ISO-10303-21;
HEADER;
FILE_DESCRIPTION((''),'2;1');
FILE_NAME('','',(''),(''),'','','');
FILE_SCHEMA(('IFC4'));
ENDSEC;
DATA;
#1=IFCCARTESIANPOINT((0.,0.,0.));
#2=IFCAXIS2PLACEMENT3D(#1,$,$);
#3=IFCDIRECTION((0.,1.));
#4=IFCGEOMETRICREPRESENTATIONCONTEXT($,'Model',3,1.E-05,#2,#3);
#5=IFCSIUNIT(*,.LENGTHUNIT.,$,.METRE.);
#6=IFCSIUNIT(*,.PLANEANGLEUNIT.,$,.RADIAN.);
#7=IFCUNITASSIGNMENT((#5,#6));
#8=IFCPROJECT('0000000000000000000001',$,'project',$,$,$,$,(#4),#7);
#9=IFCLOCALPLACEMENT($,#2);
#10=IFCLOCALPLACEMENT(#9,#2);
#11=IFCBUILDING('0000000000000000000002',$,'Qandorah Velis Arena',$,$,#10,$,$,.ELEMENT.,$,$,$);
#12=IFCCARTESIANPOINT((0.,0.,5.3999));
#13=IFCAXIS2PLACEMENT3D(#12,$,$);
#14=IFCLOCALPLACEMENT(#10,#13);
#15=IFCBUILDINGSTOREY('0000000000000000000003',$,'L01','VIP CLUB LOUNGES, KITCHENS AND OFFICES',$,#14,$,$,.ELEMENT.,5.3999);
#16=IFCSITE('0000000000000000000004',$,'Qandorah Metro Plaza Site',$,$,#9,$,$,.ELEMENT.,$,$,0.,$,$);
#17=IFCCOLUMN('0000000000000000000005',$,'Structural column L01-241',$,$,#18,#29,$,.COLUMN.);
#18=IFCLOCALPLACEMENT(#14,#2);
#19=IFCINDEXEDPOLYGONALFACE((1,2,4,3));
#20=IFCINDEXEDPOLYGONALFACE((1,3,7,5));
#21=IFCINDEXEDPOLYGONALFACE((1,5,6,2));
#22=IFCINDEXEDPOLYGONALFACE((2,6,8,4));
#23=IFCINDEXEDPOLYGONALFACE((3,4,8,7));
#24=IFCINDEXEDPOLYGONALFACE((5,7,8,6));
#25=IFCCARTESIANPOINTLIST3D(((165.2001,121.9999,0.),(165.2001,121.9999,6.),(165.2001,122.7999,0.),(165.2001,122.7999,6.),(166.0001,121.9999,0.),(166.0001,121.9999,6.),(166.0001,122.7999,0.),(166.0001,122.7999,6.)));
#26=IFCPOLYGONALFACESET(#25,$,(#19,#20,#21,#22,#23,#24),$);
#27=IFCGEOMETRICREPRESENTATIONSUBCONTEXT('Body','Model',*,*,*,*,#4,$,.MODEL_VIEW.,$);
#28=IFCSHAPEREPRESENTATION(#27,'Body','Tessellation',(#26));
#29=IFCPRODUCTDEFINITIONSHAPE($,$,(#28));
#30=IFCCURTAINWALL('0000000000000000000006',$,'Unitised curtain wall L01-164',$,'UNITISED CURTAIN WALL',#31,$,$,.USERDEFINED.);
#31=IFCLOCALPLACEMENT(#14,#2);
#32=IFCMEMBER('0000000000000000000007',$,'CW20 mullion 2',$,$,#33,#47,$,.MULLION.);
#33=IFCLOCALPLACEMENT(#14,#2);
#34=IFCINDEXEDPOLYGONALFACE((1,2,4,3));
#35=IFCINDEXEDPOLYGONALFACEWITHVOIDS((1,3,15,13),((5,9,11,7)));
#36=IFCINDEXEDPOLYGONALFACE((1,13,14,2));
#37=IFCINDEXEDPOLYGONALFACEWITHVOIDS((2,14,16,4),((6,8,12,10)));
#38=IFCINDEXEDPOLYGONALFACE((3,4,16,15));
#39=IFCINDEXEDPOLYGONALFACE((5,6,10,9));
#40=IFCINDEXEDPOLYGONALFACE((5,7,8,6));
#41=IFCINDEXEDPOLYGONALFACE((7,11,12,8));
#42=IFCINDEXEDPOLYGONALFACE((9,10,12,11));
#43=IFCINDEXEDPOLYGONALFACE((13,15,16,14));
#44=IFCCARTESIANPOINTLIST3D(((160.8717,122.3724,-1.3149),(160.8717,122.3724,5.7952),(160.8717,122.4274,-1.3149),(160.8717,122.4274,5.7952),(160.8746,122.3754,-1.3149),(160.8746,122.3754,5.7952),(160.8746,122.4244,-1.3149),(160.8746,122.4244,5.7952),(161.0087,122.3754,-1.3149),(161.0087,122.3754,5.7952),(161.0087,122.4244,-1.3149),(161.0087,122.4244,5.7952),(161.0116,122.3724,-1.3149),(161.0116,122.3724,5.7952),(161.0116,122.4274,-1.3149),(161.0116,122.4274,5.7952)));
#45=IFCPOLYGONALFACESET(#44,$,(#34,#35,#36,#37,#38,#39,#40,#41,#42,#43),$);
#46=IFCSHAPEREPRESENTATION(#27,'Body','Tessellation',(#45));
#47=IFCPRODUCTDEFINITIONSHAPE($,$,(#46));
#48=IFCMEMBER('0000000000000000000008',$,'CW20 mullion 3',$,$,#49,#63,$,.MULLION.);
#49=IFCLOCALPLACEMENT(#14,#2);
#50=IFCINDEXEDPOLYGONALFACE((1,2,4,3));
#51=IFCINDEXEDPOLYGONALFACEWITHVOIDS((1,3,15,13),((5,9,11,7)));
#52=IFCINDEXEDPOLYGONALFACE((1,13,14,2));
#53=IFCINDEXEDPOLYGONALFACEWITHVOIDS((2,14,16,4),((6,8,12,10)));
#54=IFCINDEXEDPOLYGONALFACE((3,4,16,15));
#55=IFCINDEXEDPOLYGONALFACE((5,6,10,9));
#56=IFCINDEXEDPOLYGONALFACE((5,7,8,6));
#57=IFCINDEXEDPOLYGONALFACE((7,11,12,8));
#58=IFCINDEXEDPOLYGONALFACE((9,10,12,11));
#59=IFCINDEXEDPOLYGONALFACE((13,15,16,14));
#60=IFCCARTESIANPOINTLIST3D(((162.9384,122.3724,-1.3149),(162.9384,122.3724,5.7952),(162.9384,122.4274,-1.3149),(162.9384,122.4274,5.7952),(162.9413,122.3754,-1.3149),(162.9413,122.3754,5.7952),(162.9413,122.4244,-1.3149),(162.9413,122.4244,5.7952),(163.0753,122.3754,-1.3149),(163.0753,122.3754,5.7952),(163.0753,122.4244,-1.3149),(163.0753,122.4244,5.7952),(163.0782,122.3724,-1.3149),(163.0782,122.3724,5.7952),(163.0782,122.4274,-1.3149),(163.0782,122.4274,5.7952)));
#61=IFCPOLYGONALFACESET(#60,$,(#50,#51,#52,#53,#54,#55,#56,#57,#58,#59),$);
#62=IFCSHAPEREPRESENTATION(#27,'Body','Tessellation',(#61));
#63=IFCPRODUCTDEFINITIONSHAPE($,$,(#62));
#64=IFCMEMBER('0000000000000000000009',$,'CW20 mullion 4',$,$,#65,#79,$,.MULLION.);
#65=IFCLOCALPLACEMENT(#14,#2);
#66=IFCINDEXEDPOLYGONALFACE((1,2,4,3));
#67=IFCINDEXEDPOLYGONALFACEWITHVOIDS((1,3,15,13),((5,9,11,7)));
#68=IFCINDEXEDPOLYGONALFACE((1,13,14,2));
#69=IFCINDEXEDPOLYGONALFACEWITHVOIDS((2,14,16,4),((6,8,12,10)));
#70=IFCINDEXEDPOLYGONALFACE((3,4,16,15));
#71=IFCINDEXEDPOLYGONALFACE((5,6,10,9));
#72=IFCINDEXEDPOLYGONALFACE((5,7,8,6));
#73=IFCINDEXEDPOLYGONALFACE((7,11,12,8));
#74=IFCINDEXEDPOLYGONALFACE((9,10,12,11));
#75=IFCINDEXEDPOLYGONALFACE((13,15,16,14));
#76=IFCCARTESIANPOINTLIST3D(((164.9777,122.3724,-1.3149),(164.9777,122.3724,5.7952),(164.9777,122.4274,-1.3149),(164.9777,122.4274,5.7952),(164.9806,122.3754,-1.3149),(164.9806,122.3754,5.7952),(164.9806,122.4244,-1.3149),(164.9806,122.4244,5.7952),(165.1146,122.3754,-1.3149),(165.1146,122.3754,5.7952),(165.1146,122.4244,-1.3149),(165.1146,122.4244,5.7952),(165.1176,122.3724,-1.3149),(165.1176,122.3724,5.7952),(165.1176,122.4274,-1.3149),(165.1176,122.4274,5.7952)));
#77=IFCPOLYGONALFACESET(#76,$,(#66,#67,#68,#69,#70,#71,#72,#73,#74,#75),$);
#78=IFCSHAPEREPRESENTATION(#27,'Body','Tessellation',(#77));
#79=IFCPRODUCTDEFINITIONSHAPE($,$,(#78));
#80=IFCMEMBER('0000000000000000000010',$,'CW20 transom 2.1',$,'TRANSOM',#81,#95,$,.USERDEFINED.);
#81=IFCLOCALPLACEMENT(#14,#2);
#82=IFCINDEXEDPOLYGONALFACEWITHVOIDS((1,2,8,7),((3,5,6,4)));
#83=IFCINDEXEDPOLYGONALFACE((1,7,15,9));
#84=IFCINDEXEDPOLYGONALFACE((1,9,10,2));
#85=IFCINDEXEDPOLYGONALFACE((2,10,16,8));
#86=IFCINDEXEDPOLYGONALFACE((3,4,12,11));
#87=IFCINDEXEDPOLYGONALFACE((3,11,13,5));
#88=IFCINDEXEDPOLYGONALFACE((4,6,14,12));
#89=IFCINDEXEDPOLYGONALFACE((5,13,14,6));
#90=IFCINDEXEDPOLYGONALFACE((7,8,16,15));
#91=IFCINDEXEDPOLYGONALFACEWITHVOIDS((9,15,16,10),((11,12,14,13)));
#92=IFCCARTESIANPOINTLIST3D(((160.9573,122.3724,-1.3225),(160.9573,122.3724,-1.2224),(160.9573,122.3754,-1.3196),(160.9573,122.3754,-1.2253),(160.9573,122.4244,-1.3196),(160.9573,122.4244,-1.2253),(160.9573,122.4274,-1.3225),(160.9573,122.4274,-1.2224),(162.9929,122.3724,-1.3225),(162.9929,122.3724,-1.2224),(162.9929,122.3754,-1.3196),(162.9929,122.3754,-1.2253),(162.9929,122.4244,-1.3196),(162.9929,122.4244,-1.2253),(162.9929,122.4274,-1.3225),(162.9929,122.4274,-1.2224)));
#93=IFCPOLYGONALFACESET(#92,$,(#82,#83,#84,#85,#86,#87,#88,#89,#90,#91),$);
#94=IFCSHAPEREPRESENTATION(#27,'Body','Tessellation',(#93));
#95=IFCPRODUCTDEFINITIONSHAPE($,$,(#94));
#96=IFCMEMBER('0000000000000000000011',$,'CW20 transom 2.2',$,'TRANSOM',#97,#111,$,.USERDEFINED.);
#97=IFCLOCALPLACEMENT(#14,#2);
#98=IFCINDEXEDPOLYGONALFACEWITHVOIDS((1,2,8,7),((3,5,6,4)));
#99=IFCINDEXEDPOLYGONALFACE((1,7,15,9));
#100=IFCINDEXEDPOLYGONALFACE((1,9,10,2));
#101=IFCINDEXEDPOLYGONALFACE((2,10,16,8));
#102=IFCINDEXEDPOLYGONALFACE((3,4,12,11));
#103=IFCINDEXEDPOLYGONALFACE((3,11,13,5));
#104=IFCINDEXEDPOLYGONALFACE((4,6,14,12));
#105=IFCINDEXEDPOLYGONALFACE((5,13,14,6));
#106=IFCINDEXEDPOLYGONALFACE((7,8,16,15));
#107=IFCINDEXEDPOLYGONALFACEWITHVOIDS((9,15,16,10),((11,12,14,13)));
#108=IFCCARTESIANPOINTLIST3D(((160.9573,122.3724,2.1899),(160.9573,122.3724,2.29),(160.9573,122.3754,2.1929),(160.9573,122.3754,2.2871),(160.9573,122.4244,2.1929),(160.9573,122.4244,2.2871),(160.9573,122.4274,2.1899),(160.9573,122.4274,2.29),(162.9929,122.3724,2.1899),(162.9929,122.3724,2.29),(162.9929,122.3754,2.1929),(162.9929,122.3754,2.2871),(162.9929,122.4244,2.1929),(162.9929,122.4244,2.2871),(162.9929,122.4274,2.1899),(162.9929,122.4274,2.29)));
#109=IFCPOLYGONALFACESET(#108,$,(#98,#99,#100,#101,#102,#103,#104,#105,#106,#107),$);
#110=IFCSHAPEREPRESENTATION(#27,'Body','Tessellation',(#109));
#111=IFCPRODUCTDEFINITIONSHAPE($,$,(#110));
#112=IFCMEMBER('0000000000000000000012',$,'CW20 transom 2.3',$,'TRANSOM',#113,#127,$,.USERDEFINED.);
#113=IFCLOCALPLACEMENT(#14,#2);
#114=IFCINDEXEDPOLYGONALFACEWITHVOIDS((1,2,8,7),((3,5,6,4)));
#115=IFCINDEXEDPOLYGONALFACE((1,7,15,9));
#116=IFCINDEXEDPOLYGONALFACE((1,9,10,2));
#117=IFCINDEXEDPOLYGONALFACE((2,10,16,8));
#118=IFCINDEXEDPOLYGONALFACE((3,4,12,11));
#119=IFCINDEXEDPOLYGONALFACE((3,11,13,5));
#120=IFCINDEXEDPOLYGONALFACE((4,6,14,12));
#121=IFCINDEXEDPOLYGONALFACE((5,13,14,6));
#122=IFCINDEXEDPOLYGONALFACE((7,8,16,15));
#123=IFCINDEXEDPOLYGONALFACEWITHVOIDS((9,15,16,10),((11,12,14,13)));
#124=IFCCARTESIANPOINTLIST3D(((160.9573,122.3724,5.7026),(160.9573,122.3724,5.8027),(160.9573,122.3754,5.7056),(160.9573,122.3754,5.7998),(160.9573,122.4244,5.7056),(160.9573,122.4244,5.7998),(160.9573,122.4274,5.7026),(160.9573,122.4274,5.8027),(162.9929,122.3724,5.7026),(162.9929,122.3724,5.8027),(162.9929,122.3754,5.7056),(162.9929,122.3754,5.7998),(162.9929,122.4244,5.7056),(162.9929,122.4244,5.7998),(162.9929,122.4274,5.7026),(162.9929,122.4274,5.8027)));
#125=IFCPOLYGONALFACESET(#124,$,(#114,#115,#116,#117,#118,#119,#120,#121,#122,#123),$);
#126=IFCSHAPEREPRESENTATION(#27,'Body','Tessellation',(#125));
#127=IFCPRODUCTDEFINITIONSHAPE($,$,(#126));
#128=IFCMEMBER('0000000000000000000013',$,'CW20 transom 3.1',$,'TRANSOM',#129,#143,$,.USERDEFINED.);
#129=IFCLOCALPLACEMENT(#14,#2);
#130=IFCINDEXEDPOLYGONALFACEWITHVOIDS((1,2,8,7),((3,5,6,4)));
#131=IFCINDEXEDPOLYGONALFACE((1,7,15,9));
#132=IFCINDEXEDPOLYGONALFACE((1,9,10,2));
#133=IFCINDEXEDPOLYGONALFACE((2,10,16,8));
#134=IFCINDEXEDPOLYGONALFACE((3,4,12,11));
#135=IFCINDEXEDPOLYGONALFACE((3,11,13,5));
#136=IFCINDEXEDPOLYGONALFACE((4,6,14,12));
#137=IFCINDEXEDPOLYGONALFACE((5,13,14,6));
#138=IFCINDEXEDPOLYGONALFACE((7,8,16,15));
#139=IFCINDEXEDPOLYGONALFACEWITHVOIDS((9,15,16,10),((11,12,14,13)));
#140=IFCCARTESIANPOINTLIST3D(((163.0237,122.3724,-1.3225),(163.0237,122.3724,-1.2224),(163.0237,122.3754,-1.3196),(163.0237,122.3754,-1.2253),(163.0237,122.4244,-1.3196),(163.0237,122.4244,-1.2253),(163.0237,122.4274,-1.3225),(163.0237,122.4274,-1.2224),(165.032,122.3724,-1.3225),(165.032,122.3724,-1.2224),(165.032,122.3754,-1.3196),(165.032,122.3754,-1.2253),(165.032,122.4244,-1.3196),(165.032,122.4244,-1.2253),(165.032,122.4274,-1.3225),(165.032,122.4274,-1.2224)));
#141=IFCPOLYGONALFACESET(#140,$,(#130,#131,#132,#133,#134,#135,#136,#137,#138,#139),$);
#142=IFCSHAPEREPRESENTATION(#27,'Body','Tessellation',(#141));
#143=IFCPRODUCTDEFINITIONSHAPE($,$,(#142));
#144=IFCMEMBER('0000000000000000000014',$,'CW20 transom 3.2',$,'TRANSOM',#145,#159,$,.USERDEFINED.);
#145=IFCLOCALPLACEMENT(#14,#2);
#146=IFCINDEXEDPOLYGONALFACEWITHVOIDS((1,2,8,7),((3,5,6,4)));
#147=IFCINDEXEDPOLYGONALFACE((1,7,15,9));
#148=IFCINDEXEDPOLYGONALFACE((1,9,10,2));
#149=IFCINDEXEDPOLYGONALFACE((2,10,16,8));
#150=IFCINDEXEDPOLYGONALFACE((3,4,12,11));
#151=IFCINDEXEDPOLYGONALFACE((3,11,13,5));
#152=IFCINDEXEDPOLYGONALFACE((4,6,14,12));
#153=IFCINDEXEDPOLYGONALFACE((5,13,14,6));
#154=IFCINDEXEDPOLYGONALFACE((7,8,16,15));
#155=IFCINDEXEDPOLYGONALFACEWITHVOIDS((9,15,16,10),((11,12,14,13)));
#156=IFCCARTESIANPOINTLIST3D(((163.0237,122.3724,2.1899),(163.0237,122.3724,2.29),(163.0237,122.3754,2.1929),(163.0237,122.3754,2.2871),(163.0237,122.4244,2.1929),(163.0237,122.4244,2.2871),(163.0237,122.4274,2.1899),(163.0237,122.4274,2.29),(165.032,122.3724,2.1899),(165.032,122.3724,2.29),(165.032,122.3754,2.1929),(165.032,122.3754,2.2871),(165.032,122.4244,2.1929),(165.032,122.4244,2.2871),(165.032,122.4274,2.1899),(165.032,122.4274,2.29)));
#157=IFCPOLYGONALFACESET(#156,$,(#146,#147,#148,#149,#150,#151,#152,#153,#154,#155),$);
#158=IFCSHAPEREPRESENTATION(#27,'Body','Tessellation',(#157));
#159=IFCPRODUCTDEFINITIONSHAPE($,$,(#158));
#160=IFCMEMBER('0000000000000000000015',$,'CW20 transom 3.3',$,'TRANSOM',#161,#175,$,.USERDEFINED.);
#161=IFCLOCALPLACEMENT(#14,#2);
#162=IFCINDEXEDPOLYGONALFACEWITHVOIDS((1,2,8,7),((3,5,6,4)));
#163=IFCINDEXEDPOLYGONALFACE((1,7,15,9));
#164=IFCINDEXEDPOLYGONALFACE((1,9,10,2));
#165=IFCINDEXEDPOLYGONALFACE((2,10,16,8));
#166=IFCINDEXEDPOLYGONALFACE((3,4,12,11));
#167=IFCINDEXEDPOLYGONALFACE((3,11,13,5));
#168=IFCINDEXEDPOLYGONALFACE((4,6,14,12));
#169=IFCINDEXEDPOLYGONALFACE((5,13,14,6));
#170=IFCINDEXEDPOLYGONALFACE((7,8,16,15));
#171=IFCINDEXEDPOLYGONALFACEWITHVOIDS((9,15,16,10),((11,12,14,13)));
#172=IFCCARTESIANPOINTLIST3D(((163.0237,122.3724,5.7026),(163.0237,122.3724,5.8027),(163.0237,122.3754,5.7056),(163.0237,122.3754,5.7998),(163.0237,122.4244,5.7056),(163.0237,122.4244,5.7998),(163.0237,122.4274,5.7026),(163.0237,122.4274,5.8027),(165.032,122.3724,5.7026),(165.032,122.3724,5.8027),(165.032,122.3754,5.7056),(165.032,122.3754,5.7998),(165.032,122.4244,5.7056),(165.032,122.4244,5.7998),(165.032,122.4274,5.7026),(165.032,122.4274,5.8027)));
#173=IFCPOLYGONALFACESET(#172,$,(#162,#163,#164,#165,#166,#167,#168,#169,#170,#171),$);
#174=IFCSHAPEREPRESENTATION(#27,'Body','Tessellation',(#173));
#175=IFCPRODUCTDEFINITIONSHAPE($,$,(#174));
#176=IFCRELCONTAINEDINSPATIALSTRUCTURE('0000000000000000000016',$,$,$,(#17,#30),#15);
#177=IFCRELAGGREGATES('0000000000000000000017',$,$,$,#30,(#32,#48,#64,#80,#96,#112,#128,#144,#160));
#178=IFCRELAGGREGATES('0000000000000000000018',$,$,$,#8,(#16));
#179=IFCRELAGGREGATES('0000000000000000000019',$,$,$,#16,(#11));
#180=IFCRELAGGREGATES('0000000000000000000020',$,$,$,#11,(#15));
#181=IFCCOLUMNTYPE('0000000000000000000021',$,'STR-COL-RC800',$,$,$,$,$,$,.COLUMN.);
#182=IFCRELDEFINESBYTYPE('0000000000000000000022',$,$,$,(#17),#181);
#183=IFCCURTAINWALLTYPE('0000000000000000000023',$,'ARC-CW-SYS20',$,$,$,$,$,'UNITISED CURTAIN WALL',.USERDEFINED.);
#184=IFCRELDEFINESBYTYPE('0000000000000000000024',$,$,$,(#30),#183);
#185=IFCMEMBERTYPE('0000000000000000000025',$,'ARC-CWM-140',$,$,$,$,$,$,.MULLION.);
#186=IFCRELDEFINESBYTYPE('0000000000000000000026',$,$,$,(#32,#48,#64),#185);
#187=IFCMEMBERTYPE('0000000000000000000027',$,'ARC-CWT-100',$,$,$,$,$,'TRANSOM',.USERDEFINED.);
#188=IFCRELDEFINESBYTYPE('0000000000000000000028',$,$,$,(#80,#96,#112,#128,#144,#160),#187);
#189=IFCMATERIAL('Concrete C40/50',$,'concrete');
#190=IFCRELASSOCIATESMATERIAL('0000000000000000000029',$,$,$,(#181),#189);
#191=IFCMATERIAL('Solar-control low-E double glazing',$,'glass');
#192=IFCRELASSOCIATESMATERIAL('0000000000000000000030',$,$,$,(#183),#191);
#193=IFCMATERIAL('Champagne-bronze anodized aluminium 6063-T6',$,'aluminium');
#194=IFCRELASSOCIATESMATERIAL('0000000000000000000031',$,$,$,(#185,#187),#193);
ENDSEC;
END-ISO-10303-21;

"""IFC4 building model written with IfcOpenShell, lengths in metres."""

from ifc_helpers import new_model, si_unit, direction, frame, origin, origin_2d, place, context, subcontext, project, spatial, rectangle, hollow_rectangle, extrude, material, material_profile, profile_set, type_object, element, aggregate, save


model = new_model("IFC4")

# Units and contexts
model_context = context("Model", 3, precision=1e-05, world=origin(), true_north=direction((0.0, 1.0)))
body_context = subcontext(model_context, "Body", "Model", "MODEL_VIEW")
ifc_project = project(units=[si_unit("LENGTHUNIT", "METRE"), si_unit("PLANEANGLEUNIT", "RADIAN")], contexts=[model_context])

# Site, building, storey
site_placement = place(None, origin())
site = spatial("IfcSite", under=ifc_project, at=site_placement, Name="Qandorah Metro Plaza Site", CompositionType="ELEMENT", RefElevation=0.0)
building_placement = place(site_placement, origin())
building = spatial("IfcBuilding", under=site, at=building_placement, Name="Qandorah Velis Arena", CompositionType="ELEMENT")
storey_placement = place(building_placement, frame((0.0, 0.0, 5.3999)))
storey = spatial("IfcBuildingStorey", under=building, at=storey_placement, Name="L01", Description="VIP CLUB LOUNGES, KITCHENS AND OFFICES", CompositionType="ELEMENT", Elevation=5.3999)

# Column
ifc_material_1 = material(Name="Concrete C40/50", Category="concrete")
ifc_material_profile_1 = material_profile(ifc_material_1, rectangle(XDim=0.8, YDim=0.8, at=origin_2d()), Name="RC COL 800x800")
ifc_profile_set_1 = profile_set([ifc_material_profile_1], Name="Concrete C40/50")
column_type = type_object("IfcColumnType", Name="STR-COL-RC800", PredefinedType="COLUMN", material=ifc_profile_set_1)
column_placement = place(storey_placement, frame((165.6001, 122.3999, 0.0), z_axis=(0.0, 0.0, 1.0), x_axis=(1.0, 0.0, 0.0)))
element("IfcColumn", 1, at=column_placement, inside=storey, type_object=column_type, Name="Structural column L01-241", PredefinedType="COLUMN", context=body_context, shape_type="SweptSolid", body=[
    extrude(rectangle(XDim=0.8, YDim=0.8, at=origin_2d()), origin(), (0.0, 0.0, 1.0), 6.0),
])

# Curtain wall, members
ifc_material_2 = material(Name="Solar-control low-E double glazing", Category="glass")
curtain_wall_type = type_object("IfcCurtainWallType", Name="ARC-CW-SYS20", ElementType="UNITISED CURTAIN WALL", PredefinedType="USERDEFINED", material=ifc_material_2)
curtain_wall_placement = place(storey_placement, origin())
curtain_wall = element("IfcCurtainWall", 2, at=curtain_wall_placement, inside=storey, type_object=curtain_wall_type, Name="Unitised curtain wall L01-164", ObjectType="UNITISED CURTAIN WALL", PredefinedType="USERDEFINED")
ifc_material_3 = material(Name="Champagne-bronze anodized aluminium 6063-T6", Category="aluminium")
ifc_material_profile_2 = material_profile(ifc_material_3, hollow_rectangle(XDim=0.0549, YDim=0.1399, WallThickness=0.0029, at=origin_2d()), Name="ALU MULLION 55x140")
ifc_profile_set_2 = profile_set([ifc_material_profile_2], Name="Champagne-bronze anodized aluminium 6063-T6")
member_type_1 = type_object("IfcMemberType", Name="ARC-CWM-140", PredefinedType="MULLION", material=ifc_profile_set_2)
member_1_placement = place(storey_placement, frame((160.9417, 122.3999, -1.3149), z_axis=(0.0, 0.0, 1.0), x_axis=(0.0, 1.0, 0.0)))
member_1 = element("IfcMember", 3, at=member_1_placement, type_object=member_type_1, Name="CW20 mullion 2", PredefinedType="MULLION", context=body_context, shape_type="SweptSolid", body=[
    extrude(hollow_rectangle(XDim=0.0549, YDim=0.1399, WallThickness=0.0029, at=origin_2d()), origin(), (0.0, 0.0, 1.0), 7.1101),
])
member_2_placement = place(storey_placement, frame((163.0083, 122.3999, -1.3149), z_axis=(0.0, 0.0, 1.0), x_axis=(0.0, 1.0, 0.0)))
member_2 = element("IfcMember", 4, at=member_2_placement, type_object=member_type_1, Name="CW20 mullion 3", PredefinedType="MULLION", context=body_context, shape_type="SweptSolid", body=[
    extrude(hollow_rectangle(XDim=0.0549, YDim=0.1399, WallThickness=0.0029, at=origin_2d()), origin(), (0.0, 0.0, 1.0), 7.1101),
])
member_3_placement = place(storey_placement, frame((165.0476, 122.3999, -1.3149), z_axis=(0.0, 0.0, 1.0), x_axis=(0.0, 1.0, 0.0)))
member_3 = element("IfcMember", 5, at=member_3_placement, type_object=member_type_1, Name="CW20 mullion 4", PredefinedType="MULLION", context=body_context, shape_type="SweptSolid", body=[
    extrude(hollow_rectangle(XDim=0.0549, YDim=0.1399, WallThickness=0.0029, at=origin_2d()), origin(), (0.0, 0.0, 1.0), 7.1101),
])
ifc_material_profile_3 = material_profile(ifc_material_3, hollow_rectangle(XDim=0.0549, YDim=0.1001, WallThickness=0.0029, at=origin_2d()), Name="ALU TRANSOM 55x100")
ifc_profile_set_3 = profile_set([ifc_material_profile_3], Name="Champagne-bronze anodized aluminium 6063-T6")
member_type_2 = type_object("IfcMemberType", Name="ARC-CWT-100", ElementType="TRANSOM", PredefinedType="USERDEFINED", material=ifc_profile_set_3)
member_4_placement = place(storey_placement, frame((160.9573, 122.3999, -1.2725), z_axis=(1.0, 0.0, 0.0), x_axis=(0.0, 1.0, 0.0)))
member_4 = element("IfcMember", 6, at=member_4_placement, type_object=member_type_2, Name="CW20 transom 2.1", ObjectType="TRANSOM", PredefinedType="USERDEFINED", context=body_context, shape_type="SweptSolid", body=[
    extrude(hollow_rectangle(XDim=0.0549, YDim=0.1001, WallThickness=0.0029, at=origin_2d()), origin(), (0.0, 0.0, 1.0), 2.0356),
])
member_5_placement = place(storey_placement, frame((160.9573, 122.3999, 2.24), z_axis=(1.0, 0.0, 0.0), x_axis=(0.0, 1.0, 0.0)))
member_5 = element("IfcMember", 7, at=member_5_placement, type_object=member_type_2, Name="CW20 transom 2.2", ObjectType="TRANSOM", PredefinedType="USERDEFINED", context=body_context, shape_type="SweptSolid", body=[
    extrude(hollow_rectangle(XDim=0.0549, YDim=0.1001, WallThickness=0.0029, at=origin_2d()), origin(), (0.0, 0.0, 1.0), 2.0356),
])
member_6_placement = place(storey_placement, frame((160.9573, 122.3999, 5.7527), z_axis=(1.0, 0.0, 0.0), x_axis=(0.0, 1.0, 0.0)))
member_6 = element("IfcMember", 8, at=member_6_placement, type_object=member_type_2, Name="CW20 transom 2.3", ObjectType="TRANSOM", PredefinedType="USERDEFINED", context=body_context, shape_type="SweptSolid", body=[
    extrude(hollow_rectangle(XDim=0.0549, YDim=0.1001, WallThickness=0.0029, at=origin_2d()), origin(), (0.0, 0.0, 1.0), 2.0356),
])
member_7_placement = place(storey_placement, frame((163.0237, 122.3999, -1.2725), z_axis=(1.0, 0.0, 0.0), x_axis=(0.0, 1.0, 0.0)))
member_7 = element("IfcMember", 9, at=member_7_placement, type_object=member_type_2, Name="CW20 transom 3.1", ObjectType="TRANSOM", PredefinedType="USERDEFINED", context=body_context, shape_type="SweptSolid", body=[
    extrude(hollow_rectangle(XDim=0.0549, YDim=0.1001, WallThickness=0.0029, at=origin_2d()), origin(), (0.0, 0.0, 1.0), 2.0083),
])
member_8_placement = place(storey_placement, frame((163.0237, 122.3999, 2.24), z_axis=(1.0, 0.0, 0.0), x_axis=(0.0, 1.0, 0.0)))
member_8 = element("IfcMember", 10, at=member_8_placement, type_object=member_type_2, Name="CW20 transom 3.2", ObjectType="TRANSOM", PredefinedType="USERDEFINED", context=body_context, shape_type="SweptSolid", body=[
    extrude(hollow_rectangle(XDim=0.0549, YDim=0.1001, WallThickness=0.0029, at=origin_2d()), origin(), (0.0, 0.0, 1.0), 2.0083),
])
member_9_placement = place(storey_placement, frame((163.0237, 122.3999, 5.7527), z_axis=(1.0, 0.0, 0.0), x_axis=(0.0, 1.0, 0.0)))
member_9 = element("IfcMember", 11, at=member_9_placement, type_object=member_type_2, Name="CW20 transom 3.3", ObjectType="TRANSOM", PredefinedType="USERDEFINED", context=body_context, shape_type="SweptSolid", body=[
    extrude(hollow_rectangle(XDim=0.0549, YDim=0.1001, WallThickness=0.0029, at=origin_2d()), origin(), (0.0, 0.0, 1.0), 2.0083),
])

aggregate(curtain_wall, [member_1, member_2, member_3, member_4, member_5, member_6, member_7, member_8, member_9])

save(model, "model.ifc")
